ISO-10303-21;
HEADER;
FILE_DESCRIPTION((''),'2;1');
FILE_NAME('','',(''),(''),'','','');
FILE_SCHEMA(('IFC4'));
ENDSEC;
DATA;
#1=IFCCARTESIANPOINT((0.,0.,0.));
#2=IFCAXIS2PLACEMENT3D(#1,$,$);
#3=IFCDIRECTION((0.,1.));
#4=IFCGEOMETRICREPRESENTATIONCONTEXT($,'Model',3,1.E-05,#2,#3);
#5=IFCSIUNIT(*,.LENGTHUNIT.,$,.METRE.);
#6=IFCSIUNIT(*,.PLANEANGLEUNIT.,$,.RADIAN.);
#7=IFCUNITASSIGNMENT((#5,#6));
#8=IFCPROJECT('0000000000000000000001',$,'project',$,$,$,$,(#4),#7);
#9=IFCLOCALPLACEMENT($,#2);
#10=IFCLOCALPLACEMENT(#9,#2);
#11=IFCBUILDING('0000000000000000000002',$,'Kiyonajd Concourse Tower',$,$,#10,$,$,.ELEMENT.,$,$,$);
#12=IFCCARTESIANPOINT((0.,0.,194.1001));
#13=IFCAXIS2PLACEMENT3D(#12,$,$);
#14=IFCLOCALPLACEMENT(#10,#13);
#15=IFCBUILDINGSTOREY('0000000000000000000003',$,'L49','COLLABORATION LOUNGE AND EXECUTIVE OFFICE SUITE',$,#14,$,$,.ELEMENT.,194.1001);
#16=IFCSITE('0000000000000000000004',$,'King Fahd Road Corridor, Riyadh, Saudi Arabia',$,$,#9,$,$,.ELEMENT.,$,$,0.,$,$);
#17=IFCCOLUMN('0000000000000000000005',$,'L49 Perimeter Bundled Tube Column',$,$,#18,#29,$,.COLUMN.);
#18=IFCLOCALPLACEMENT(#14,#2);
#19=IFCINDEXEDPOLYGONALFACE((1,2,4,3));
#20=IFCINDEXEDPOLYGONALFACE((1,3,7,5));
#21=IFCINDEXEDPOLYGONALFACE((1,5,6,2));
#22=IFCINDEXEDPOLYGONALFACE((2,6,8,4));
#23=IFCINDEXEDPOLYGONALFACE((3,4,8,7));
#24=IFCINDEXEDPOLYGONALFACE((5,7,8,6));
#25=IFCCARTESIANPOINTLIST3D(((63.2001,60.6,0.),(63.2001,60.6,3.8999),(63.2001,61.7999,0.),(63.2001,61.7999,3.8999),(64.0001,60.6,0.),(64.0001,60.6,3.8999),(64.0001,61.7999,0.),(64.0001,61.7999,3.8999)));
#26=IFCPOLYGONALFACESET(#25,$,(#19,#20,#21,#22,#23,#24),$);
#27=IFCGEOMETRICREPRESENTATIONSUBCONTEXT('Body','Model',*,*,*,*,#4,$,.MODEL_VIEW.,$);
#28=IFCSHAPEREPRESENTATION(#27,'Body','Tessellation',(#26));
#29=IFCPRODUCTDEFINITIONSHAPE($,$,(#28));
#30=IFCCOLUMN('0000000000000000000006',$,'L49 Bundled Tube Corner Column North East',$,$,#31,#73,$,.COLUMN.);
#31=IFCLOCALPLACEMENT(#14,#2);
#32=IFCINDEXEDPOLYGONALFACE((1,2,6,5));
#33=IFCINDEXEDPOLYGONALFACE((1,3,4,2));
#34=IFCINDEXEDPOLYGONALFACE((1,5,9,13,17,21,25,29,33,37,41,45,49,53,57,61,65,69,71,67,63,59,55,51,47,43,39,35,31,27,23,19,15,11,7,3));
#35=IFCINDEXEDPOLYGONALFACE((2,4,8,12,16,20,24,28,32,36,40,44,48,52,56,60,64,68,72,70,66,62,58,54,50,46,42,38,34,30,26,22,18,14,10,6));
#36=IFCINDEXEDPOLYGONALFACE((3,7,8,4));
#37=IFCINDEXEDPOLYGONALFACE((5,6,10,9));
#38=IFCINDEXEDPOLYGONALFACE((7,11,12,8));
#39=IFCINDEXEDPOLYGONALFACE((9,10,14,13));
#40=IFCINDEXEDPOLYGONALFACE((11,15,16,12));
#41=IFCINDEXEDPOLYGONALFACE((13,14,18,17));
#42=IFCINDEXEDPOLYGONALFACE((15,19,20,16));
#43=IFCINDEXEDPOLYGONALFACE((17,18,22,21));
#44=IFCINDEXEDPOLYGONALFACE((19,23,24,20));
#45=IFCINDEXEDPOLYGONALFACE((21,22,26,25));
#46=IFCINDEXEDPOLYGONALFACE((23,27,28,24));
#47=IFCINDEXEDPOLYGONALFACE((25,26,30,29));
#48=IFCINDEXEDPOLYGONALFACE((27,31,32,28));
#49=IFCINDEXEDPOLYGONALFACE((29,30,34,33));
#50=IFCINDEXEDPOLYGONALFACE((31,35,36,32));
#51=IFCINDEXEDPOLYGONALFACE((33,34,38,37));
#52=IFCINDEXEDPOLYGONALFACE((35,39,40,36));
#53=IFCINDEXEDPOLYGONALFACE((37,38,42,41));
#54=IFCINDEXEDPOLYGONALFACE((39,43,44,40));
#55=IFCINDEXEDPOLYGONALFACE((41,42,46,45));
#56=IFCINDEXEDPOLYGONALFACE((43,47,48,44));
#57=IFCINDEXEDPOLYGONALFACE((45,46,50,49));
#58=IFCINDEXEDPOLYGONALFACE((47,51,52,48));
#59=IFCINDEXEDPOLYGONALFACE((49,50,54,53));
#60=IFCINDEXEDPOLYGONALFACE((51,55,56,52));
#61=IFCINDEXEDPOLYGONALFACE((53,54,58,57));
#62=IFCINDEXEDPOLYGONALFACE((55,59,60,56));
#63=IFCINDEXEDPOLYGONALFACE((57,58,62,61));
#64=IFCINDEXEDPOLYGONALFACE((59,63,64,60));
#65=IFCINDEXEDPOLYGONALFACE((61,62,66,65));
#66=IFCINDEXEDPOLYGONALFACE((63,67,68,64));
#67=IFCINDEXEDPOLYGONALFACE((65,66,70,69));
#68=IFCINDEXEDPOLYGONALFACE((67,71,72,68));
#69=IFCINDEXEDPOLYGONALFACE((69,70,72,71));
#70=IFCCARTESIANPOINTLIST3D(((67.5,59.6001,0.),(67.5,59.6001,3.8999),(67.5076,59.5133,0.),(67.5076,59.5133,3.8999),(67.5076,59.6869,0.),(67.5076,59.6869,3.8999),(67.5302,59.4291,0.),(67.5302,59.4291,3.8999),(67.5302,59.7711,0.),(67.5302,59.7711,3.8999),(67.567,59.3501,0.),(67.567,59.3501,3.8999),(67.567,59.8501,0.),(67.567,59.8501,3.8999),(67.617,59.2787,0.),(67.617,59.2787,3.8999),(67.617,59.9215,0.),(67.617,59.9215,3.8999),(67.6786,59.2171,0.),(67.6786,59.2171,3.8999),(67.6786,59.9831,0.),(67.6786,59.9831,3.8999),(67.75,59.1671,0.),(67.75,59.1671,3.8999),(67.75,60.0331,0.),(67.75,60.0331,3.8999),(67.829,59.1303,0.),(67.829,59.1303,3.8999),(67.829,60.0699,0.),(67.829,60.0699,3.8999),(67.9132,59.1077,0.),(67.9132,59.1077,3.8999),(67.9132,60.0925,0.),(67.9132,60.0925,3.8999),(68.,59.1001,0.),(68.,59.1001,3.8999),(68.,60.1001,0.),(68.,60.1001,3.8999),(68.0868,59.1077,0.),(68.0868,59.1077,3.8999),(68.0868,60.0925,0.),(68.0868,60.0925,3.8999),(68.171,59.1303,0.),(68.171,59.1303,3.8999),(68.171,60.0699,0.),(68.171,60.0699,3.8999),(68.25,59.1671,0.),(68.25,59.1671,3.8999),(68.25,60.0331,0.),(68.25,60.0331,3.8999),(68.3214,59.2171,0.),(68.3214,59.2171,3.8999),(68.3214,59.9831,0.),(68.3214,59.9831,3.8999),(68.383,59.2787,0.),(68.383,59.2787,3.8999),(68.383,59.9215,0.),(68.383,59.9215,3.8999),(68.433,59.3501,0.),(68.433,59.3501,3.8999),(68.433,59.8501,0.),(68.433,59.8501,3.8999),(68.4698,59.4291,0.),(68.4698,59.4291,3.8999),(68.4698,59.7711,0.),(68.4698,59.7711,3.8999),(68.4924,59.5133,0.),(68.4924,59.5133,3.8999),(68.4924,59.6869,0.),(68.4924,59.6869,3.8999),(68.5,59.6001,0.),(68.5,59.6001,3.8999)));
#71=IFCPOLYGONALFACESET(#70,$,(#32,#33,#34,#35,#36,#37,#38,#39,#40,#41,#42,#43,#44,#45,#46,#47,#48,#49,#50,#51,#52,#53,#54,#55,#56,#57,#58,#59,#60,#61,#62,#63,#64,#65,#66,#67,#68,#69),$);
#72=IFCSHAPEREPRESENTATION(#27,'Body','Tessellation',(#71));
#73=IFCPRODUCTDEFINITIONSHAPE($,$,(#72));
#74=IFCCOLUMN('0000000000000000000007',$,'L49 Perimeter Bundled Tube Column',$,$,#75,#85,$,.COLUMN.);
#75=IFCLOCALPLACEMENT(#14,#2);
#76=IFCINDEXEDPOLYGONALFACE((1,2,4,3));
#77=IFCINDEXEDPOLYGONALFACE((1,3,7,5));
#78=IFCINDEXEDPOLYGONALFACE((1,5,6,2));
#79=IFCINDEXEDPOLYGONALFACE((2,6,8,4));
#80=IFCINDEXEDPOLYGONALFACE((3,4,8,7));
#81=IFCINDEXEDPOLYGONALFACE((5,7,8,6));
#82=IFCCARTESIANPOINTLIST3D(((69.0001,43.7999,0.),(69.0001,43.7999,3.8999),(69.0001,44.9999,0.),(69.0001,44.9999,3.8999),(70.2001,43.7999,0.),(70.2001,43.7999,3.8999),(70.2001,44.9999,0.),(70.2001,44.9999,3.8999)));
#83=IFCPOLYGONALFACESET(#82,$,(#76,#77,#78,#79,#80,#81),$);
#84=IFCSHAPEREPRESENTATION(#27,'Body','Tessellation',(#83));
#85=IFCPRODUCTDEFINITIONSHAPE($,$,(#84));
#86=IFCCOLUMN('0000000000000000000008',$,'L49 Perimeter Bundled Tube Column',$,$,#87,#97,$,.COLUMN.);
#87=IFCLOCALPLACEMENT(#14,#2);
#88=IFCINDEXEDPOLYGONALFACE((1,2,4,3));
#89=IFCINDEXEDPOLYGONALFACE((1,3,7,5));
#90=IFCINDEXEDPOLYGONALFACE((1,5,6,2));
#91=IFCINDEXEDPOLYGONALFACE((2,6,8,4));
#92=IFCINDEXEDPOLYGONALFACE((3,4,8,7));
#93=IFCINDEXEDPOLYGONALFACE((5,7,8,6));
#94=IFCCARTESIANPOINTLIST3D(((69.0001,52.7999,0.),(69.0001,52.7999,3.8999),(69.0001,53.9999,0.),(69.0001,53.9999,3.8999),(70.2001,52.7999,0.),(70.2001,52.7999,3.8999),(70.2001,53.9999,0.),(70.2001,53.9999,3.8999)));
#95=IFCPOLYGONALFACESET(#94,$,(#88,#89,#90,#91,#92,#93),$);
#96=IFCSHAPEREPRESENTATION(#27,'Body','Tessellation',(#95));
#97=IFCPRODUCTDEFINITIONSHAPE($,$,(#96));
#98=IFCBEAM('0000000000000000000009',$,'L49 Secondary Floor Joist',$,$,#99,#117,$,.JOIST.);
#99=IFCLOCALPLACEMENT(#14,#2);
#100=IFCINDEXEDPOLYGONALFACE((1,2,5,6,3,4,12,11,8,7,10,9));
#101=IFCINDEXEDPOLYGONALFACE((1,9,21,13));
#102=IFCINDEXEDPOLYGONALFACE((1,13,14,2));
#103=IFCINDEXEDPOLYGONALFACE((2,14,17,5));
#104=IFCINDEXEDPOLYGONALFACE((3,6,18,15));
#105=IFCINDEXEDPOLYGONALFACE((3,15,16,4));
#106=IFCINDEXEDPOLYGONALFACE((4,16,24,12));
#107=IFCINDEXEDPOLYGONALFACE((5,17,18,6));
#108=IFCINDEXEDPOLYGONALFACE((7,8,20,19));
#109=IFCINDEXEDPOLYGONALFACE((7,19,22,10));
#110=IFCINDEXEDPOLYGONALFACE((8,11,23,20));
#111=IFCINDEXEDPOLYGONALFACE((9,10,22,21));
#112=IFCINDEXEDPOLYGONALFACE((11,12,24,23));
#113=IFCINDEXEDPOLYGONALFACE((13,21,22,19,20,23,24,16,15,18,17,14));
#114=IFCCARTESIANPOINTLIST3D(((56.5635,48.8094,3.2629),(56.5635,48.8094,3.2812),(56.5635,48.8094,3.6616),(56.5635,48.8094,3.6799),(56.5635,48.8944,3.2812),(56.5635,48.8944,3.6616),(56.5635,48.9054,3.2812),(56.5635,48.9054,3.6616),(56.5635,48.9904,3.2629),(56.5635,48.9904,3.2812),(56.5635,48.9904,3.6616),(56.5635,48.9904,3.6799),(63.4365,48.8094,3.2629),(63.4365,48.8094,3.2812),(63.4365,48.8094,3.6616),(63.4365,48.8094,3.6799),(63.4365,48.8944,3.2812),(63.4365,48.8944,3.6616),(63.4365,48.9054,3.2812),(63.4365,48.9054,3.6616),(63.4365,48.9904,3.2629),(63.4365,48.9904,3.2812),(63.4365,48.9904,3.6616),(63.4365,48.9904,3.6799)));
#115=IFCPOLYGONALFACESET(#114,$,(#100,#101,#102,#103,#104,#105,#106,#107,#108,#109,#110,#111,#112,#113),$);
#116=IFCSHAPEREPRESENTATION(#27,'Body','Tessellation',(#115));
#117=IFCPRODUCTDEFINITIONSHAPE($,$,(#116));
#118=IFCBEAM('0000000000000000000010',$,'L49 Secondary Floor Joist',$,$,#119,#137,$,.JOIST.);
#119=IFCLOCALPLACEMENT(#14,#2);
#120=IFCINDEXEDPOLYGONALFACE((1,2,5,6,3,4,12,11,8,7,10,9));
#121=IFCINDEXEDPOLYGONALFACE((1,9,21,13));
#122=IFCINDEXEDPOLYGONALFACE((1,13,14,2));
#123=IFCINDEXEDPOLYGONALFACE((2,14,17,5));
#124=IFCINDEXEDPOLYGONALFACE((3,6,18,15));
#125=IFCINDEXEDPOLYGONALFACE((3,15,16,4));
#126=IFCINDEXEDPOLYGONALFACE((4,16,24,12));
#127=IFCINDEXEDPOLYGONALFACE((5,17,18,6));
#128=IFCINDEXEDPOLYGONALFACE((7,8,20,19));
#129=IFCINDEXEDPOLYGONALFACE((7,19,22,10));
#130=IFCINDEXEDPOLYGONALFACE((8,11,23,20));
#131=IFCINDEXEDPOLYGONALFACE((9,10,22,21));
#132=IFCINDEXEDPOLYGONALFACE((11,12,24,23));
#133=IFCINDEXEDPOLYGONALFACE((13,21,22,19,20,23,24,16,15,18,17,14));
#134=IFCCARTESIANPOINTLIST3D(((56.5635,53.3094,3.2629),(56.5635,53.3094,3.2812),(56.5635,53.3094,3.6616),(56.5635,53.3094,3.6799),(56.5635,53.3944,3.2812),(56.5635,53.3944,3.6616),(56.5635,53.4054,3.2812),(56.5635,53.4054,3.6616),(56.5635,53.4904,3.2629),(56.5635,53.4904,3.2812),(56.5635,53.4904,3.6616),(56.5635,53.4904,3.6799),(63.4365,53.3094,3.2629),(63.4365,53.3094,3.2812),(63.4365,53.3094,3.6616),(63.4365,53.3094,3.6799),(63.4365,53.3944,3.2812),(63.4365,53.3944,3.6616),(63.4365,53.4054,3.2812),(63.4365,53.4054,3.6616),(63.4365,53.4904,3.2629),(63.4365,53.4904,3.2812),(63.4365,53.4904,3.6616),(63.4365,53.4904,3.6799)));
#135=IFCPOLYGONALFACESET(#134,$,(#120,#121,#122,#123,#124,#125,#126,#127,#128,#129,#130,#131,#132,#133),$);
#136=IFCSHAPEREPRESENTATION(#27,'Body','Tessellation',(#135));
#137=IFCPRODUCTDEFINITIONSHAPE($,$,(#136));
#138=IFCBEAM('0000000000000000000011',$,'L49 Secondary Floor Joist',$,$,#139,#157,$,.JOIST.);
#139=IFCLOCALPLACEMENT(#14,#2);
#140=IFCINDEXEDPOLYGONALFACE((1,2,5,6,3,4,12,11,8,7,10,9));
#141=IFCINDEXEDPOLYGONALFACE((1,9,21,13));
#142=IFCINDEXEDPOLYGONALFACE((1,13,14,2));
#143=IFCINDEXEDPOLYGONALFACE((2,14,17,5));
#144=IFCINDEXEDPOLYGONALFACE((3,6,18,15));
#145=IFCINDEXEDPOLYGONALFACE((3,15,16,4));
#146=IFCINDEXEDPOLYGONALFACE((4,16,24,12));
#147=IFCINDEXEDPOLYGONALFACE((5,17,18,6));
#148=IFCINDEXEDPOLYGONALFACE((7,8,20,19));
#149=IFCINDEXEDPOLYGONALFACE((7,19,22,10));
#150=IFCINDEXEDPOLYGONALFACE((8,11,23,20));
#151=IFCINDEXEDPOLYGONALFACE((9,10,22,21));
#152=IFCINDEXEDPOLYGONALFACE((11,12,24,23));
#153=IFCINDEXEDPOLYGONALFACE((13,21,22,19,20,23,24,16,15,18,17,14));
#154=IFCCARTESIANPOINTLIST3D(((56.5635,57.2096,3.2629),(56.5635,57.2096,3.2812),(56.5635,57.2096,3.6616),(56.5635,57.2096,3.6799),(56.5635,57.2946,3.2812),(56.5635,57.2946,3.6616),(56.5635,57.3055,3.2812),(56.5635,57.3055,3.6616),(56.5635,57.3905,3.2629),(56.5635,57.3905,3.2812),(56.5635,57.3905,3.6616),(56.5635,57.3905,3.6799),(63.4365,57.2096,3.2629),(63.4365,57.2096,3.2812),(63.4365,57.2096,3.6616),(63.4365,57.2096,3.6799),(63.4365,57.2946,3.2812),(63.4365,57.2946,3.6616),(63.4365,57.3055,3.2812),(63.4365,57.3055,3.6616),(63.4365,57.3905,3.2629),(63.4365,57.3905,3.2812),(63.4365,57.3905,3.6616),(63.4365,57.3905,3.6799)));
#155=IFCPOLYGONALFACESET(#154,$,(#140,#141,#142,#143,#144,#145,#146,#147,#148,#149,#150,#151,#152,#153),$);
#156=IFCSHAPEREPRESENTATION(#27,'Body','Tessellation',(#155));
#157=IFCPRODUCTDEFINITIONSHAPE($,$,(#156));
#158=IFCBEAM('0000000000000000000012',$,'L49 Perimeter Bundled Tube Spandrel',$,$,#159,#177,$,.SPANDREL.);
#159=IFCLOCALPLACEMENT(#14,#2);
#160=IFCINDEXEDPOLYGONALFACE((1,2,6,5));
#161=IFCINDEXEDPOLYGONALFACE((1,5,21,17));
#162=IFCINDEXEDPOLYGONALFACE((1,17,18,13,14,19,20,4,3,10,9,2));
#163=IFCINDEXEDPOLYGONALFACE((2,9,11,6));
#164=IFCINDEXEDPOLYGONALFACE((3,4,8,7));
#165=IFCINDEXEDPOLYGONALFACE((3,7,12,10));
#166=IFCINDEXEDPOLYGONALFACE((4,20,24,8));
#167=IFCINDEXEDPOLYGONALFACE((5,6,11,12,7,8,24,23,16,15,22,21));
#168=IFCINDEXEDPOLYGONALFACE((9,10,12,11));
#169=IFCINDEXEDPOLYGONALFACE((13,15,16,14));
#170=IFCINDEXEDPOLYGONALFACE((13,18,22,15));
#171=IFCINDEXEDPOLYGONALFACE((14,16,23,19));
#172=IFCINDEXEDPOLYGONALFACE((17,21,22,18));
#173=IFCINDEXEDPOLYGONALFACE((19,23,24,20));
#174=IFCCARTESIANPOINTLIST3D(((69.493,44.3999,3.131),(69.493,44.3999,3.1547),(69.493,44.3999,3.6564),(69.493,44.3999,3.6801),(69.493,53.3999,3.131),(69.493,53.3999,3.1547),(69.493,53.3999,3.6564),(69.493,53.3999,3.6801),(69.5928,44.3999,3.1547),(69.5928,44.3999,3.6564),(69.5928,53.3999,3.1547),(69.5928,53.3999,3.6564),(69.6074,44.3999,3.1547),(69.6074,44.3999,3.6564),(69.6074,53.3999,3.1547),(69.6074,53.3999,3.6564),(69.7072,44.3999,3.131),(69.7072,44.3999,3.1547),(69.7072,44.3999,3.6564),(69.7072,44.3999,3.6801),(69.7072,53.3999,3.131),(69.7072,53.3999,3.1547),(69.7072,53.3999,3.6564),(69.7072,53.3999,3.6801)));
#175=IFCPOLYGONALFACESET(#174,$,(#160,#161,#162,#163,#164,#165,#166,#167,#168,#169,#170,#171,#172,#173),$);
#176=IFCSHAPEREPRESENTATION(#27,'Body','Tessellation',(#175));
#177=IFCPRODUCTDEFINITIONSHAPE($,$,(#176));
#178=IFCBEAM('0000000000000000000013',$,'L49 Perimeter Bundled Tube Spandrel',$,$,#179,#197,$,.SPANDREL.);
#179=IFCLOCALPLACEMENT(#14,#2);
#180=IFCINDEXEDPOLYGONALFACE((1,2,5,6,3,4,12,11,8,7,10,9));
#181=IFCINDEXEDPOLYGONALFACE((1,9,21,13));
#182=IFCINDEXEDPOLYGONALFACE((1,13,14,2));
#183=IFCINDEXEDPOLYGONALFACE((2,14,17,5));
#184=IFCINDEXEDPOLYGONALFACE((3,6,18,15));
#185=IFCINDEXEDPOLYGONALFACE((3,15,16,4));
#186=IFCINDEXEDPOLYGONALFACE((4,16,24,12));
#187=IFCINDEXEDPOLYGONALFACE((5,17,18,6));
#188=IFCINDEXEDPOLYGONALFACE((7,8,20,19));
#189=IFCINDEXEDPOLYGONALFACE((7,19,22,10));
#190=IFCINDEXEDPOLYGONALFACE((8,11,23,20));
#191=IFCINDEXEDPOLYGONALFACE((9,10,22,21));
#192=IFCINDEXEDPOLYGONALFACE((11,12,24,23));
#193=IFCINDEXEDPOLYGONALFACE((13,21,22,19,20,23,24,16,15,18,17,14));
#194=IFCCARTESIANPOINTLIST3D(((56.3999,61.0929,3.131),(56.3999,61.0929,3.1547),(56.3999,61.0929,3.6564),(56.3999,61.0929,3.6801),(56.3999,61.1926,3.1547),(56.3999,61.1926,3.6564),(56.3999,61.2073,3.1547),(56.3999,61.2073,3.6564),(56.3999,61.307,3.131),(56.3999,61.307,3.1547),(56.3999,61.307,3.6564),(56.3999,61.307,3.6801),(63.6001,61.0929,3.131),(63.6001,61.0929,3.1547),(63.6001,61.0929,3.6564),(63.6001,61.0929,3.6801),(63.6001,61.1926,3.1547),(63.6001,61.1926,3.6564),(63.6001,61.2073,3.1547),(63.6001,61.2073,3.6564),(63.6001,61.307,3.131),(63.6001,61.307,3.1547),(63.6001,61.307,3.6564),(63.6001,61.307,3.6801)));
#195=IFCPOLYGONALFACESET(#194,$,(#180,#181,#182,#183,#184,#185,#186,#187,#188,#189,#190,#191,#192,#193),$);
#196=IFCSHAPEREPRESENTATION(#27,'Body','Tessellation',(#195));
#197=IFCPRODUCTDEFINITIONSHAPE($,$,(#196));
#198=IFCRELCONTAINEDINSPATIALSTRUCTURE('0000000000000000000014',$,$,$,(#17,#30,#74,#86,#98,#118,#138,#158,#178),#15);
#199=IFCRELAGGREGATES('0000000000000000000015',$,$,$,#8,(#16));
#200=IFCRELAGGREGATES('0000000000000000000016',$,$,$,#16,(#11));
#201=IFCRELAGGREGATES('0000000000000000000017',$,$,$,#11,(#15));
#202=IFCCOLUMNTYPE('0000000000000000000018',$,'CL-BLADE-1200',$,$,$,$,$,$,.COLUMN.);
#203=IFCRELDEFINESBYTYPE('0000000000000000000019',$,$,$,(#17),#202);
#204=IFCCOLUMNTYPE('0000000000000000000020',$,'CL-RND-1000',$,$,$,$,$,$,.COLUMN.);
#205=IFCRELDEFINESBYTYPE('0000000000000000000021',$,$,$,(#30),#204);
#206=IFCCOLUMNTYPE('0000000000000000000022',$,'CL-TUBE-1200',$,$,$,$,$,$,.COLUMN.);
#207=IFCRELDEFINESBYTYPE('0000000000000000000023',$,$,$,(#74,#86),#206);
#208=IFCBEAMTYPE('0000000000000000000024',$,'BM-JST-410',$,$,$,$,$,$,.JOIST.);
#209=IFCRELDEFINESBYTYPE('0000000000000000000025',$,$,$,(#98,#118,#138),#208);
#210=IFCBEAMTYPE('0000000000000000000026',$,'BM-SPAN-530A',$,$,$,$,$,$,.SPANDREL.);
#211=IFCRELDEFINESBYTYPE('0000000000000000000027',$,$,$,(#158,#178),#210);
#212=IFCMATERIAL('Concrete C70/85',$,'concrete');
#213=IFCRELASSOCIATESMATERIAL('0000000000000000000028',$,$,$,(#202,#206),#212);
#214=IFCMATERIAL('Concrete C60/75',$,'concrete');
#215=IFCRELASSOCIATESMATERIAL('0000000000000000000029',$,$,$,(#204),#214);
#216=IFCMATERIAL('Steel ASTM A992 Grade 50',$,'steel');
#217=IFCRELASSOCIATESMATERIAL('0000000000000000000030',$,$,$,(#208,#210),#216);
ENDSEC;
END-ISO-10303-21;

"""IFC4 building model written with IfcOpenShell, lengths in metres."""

from ifc_helpers import new_model, si_unit, direction, frame, origin, origin_2d, place, context, subcontext, project, spatial, rectangle, circle, i_section, extrude, material, material_profile, profile_set, type_object, element, save


model = new_model("IFC4")

# Units and contexts
model_context = context("Model", 3, precision=1e-05, world=origin(), true_north=direction((0.0, 1.0)))
body_context = subcontext(model_context, "Body", "Model", "MODEL_VIEW")
ifc_project = project(units=[si_unit("LENGTHUNIT", "METRE"), si_unit("PLANEANGLEUNIT", "RADIAN")], contexts=[model_context])

# Site, building, storey
site_placement = place(None, origin())
site = spatial("IfcSite", under=ifc_project, at=site_placement, Name="King Fahd Road Corridor, Riyadh, Saudi Arabia", CompositionType="ELEMENT", RefElevation=0.0)
building_placement = place(site_placement, origin())
building = spatial("IfcBuilding", under=site, at=building_placement, Name="Kiyonajd Concourse Tower", CompositionType="ELEMENT")
storey_placement = place(building_placement, frame((0.0, 0.0, 194.1001)))
storey = spatial("IfcBuildingStorey", under=building, at=storey_placement, Name="L49", Description="COLLABORATION LOUNGE AND EXECUTIVE OFFICE SUITE", CompositionType="ELEMENT", Elevation=194.1001)

# Columns
ifc_material_1 = material(Name="Concrete C70/85", Category="concrete")
ifc_material_profile_1 = material_profile(ifc_material_1, rectangle(XDim=0.8, YDim=1.2, at=origin_2d()), Name="RC-1200x800")
ifc_profile_set_1 = profile_set([ifc_material_profile_1], Name="Concrete C70/85")
column_type_1 = type_object("IfcColumnType", Name="CL-BLADE-1200", PredefinedType="COLUMN", material=ifc_profile_set_1)
column_1_placement = place(storey_placement, frame((63.6001, 61.2, 0.0), z_axis=(0.0, 0.0, 1.0), x_axis=(1.0, 0.0, 0.0)))
element("IfcColumn", 1, at=column_1_placement, inside=storey, type_object=column_type_1, Name="L49 Perimeter Bundled Tube Column", PredefinedType="COLUMN", context=body_context, shape_type="SweptSolid", body=[
    extrude(rectangle(XDim=0.8, YDim=1.2, at=origin_2d()), origin(), (0.0, 0.0, 1.0), 3.8999),
])
ifc_material_2 = material(Name="Concrete C60/75", Category="concrete")
ifc_material_profile_2 = material_profile(ifc_material_2, circle(Radius=0.5, at=origin_2d()), Name="RCC-D1000")
ifc_profile_set_2 = profile_set([ifc_material_profile_2], Name="Concrete C60/75")
column_type_2 = type_object("IfcColumnType", Name="CL-RND-1000", PredefinedType="COLUMN", material=ifc_profile_set_2)
column_2_placement = place(storey_placement, frame((68.0, 59.6001, 0.0), z_axis=(0.0, 0.0, 1.0), x_axis=(1.0, 0.0, 0.0)))
element("IfcColumn", 2, at=column_2_placement, inside=storey, type_object=column_type_2, Name="L49 Bundled Tube Corner Column North East", PredefinedType="COLUMN", context=body_context, shape_type="SweptSolid", body=[
    extrude(circle(Radius=0.5, at=origin_2d()), origin(), (0.0, 0.0, 1.0), 3.8999),
])
ifc_material_profile_3 = material_profile(ifc_material_1, rectangle(XDim=1.2, YDim=1.2, at=origin_2d()), Name="RC-1200x1200")
ifc_profile_set_3 = profile_set([ifc_material_profile_3], Name="Concrete C70/85")
column_type_3 = type_object("IfcColumnType", Name="CL-TUBE-1200", PredefinedType="COLUMN", material=ifc_profile_set_3)
for number, where, z_axis, x_axis, name in (
    (3, (69.6001, 44.3999, 0.0), (0.0, 0.0, 1.0), (1.0, 0.0, 0.0), "L49 Perimeter Bundled Tube Column"),
    (4, (69.6001, 53.3999, 0.0), (0.0, 0.0, 1.0), (1.0, 0.0, 0.0), "L49 Perimeter Bundled Tube Column"),
):
    element("IfcColumn", number, at=place(storey_placement, frame(where, z_axis=z_axis, x_axis=x_axis)), inside=storey, type_object=column_type_3, Name=name, PredefinedType="COLUMN", context=body_context, shape_type="SweptSolid", body=[
        extrude(rectangle(XDim=1.2, YDim=1.2, at=origin_2d()), origin(), (0.0, 0.0, 1.0), 3.8999),
    ])

# Beams
ifc_material_3 = material(Name="Steel ASTM A992 Grade 50", Category="steel")
ifc_material_profile_4 = material_profile(ifc_material_3, i_section(OverallWidth=0.1809, OverallDepth=0.417, WebThickness=0.011, FlangeThickness=0.0183, at=origin_2d()), Name="W410X85")
ifc_profile_set_4 = profile_set([ifc_material_profile_4], Name="Steel ASTM A992 Grade 50")
beam_type_1 = type_object("IfcBeamType", Name="BM-JST-410", PredefinedType="JOIST", material=ifc_profile_set_4)
for number, where, z_axis, x_axis, name in (
    (5, (56.5635, 48.8999, 3.4714), (1.0, 0.0, 0.0), (0.0, 1.0, 0.0), "L49 Secondary Floor Joist"),
    (6, (56.5635, 53.3999, 3.4714), (1.0, 0.0, 0.0), (0.0, 1.0, 0.0), "L49 Secondary Floor Joist"),
    (7, (56.5635, 57.3, 3.4714), (1.0, 0.0, 0.0), (0.0, 1.0, 0.0), "L49 Secondary Floor Joist"),
):
    element("IfcBeam", number, at=place(storey_placement, frame(where, z_axis=z_axis, x_axis=x_axis)), inside=storey, type_object=beam_type_1, Name=name, PredefinedType="JOIST", context=body_context, shape_type="SweptSolid", body=[
        extrude(i_section(OverallWidth=0.1809, OverallDepth=0.417, WebThickness=0.011, FlangeThickness=0.0183, at=origin_2d()), origin(), (0.0, 0.0, 1.0), 6.873),
    ])
ifc_material_profile_5 = material_profile(ifc_material_3, i_section(OverallWidth=0.2141, OverallDepth=0.5491, WebThickness=0.0146, FlangeThickness=0.0237, at=origin_2d()), Name="W530X138")
ifc_profile_set_5 = profile_set([ifc_material_profile_5], Name="Steel ASTM A992 Grade 50")
beam_type_2 = type_object("IfcBeamType", Name="BM-SPAN-530A", PredefinedType="SPANDREL", material=ifc_profile_set_5)
beam_1_placement = place(storey_placement, frame((69.6001, 44.3999, 3.4055), z_axis=(0.0, 1.0, 0.0), x_axis=(-1.0, 0.0, 0.0)))
element("IfcBeam", 8, at=beam_1_placement, inside=storey, type_object=beam_type_2, Name="L49 Perimeter Bundled Tube Spandrel", PredefinedType="SPANDREL", context=body_context, shape_type="SweptSolid", body=[
    extrude(i_section(OverallWidth=0.2141, OverallDepth=0.5491, WebThickness=0.0146, FlangeThickness=0.0237, at=origin_2d()), origin(), (0.0, 0.0, 1.0), 9.0),
])
beam_2_placement = place(storey_placement, frame((63.6001, 61.2, 3.4055), z_axis=(-1.0, 0.0, 0.0), x_axis=(0.0, -1.0, 0.0)))
element("IfcBeam", 9, at=beam_2_placement, inside=storey, type_object=beam_type_2, Name="L49 Perimeter Bundled Tube Spandrel", PredefinedType="SPANDREL", context=body_context, shape_type="SweptSolid", body=[
    extrude(i_section(OverallWidth=0.2141, OverallDepth=0.5491, WebThickness=0.0146, FlangeThickness=0.0237, at=origin_2d()), origin(), (0.0, 0.0, 1.0), 7.2002),
])

save(model, "model.ifc")
